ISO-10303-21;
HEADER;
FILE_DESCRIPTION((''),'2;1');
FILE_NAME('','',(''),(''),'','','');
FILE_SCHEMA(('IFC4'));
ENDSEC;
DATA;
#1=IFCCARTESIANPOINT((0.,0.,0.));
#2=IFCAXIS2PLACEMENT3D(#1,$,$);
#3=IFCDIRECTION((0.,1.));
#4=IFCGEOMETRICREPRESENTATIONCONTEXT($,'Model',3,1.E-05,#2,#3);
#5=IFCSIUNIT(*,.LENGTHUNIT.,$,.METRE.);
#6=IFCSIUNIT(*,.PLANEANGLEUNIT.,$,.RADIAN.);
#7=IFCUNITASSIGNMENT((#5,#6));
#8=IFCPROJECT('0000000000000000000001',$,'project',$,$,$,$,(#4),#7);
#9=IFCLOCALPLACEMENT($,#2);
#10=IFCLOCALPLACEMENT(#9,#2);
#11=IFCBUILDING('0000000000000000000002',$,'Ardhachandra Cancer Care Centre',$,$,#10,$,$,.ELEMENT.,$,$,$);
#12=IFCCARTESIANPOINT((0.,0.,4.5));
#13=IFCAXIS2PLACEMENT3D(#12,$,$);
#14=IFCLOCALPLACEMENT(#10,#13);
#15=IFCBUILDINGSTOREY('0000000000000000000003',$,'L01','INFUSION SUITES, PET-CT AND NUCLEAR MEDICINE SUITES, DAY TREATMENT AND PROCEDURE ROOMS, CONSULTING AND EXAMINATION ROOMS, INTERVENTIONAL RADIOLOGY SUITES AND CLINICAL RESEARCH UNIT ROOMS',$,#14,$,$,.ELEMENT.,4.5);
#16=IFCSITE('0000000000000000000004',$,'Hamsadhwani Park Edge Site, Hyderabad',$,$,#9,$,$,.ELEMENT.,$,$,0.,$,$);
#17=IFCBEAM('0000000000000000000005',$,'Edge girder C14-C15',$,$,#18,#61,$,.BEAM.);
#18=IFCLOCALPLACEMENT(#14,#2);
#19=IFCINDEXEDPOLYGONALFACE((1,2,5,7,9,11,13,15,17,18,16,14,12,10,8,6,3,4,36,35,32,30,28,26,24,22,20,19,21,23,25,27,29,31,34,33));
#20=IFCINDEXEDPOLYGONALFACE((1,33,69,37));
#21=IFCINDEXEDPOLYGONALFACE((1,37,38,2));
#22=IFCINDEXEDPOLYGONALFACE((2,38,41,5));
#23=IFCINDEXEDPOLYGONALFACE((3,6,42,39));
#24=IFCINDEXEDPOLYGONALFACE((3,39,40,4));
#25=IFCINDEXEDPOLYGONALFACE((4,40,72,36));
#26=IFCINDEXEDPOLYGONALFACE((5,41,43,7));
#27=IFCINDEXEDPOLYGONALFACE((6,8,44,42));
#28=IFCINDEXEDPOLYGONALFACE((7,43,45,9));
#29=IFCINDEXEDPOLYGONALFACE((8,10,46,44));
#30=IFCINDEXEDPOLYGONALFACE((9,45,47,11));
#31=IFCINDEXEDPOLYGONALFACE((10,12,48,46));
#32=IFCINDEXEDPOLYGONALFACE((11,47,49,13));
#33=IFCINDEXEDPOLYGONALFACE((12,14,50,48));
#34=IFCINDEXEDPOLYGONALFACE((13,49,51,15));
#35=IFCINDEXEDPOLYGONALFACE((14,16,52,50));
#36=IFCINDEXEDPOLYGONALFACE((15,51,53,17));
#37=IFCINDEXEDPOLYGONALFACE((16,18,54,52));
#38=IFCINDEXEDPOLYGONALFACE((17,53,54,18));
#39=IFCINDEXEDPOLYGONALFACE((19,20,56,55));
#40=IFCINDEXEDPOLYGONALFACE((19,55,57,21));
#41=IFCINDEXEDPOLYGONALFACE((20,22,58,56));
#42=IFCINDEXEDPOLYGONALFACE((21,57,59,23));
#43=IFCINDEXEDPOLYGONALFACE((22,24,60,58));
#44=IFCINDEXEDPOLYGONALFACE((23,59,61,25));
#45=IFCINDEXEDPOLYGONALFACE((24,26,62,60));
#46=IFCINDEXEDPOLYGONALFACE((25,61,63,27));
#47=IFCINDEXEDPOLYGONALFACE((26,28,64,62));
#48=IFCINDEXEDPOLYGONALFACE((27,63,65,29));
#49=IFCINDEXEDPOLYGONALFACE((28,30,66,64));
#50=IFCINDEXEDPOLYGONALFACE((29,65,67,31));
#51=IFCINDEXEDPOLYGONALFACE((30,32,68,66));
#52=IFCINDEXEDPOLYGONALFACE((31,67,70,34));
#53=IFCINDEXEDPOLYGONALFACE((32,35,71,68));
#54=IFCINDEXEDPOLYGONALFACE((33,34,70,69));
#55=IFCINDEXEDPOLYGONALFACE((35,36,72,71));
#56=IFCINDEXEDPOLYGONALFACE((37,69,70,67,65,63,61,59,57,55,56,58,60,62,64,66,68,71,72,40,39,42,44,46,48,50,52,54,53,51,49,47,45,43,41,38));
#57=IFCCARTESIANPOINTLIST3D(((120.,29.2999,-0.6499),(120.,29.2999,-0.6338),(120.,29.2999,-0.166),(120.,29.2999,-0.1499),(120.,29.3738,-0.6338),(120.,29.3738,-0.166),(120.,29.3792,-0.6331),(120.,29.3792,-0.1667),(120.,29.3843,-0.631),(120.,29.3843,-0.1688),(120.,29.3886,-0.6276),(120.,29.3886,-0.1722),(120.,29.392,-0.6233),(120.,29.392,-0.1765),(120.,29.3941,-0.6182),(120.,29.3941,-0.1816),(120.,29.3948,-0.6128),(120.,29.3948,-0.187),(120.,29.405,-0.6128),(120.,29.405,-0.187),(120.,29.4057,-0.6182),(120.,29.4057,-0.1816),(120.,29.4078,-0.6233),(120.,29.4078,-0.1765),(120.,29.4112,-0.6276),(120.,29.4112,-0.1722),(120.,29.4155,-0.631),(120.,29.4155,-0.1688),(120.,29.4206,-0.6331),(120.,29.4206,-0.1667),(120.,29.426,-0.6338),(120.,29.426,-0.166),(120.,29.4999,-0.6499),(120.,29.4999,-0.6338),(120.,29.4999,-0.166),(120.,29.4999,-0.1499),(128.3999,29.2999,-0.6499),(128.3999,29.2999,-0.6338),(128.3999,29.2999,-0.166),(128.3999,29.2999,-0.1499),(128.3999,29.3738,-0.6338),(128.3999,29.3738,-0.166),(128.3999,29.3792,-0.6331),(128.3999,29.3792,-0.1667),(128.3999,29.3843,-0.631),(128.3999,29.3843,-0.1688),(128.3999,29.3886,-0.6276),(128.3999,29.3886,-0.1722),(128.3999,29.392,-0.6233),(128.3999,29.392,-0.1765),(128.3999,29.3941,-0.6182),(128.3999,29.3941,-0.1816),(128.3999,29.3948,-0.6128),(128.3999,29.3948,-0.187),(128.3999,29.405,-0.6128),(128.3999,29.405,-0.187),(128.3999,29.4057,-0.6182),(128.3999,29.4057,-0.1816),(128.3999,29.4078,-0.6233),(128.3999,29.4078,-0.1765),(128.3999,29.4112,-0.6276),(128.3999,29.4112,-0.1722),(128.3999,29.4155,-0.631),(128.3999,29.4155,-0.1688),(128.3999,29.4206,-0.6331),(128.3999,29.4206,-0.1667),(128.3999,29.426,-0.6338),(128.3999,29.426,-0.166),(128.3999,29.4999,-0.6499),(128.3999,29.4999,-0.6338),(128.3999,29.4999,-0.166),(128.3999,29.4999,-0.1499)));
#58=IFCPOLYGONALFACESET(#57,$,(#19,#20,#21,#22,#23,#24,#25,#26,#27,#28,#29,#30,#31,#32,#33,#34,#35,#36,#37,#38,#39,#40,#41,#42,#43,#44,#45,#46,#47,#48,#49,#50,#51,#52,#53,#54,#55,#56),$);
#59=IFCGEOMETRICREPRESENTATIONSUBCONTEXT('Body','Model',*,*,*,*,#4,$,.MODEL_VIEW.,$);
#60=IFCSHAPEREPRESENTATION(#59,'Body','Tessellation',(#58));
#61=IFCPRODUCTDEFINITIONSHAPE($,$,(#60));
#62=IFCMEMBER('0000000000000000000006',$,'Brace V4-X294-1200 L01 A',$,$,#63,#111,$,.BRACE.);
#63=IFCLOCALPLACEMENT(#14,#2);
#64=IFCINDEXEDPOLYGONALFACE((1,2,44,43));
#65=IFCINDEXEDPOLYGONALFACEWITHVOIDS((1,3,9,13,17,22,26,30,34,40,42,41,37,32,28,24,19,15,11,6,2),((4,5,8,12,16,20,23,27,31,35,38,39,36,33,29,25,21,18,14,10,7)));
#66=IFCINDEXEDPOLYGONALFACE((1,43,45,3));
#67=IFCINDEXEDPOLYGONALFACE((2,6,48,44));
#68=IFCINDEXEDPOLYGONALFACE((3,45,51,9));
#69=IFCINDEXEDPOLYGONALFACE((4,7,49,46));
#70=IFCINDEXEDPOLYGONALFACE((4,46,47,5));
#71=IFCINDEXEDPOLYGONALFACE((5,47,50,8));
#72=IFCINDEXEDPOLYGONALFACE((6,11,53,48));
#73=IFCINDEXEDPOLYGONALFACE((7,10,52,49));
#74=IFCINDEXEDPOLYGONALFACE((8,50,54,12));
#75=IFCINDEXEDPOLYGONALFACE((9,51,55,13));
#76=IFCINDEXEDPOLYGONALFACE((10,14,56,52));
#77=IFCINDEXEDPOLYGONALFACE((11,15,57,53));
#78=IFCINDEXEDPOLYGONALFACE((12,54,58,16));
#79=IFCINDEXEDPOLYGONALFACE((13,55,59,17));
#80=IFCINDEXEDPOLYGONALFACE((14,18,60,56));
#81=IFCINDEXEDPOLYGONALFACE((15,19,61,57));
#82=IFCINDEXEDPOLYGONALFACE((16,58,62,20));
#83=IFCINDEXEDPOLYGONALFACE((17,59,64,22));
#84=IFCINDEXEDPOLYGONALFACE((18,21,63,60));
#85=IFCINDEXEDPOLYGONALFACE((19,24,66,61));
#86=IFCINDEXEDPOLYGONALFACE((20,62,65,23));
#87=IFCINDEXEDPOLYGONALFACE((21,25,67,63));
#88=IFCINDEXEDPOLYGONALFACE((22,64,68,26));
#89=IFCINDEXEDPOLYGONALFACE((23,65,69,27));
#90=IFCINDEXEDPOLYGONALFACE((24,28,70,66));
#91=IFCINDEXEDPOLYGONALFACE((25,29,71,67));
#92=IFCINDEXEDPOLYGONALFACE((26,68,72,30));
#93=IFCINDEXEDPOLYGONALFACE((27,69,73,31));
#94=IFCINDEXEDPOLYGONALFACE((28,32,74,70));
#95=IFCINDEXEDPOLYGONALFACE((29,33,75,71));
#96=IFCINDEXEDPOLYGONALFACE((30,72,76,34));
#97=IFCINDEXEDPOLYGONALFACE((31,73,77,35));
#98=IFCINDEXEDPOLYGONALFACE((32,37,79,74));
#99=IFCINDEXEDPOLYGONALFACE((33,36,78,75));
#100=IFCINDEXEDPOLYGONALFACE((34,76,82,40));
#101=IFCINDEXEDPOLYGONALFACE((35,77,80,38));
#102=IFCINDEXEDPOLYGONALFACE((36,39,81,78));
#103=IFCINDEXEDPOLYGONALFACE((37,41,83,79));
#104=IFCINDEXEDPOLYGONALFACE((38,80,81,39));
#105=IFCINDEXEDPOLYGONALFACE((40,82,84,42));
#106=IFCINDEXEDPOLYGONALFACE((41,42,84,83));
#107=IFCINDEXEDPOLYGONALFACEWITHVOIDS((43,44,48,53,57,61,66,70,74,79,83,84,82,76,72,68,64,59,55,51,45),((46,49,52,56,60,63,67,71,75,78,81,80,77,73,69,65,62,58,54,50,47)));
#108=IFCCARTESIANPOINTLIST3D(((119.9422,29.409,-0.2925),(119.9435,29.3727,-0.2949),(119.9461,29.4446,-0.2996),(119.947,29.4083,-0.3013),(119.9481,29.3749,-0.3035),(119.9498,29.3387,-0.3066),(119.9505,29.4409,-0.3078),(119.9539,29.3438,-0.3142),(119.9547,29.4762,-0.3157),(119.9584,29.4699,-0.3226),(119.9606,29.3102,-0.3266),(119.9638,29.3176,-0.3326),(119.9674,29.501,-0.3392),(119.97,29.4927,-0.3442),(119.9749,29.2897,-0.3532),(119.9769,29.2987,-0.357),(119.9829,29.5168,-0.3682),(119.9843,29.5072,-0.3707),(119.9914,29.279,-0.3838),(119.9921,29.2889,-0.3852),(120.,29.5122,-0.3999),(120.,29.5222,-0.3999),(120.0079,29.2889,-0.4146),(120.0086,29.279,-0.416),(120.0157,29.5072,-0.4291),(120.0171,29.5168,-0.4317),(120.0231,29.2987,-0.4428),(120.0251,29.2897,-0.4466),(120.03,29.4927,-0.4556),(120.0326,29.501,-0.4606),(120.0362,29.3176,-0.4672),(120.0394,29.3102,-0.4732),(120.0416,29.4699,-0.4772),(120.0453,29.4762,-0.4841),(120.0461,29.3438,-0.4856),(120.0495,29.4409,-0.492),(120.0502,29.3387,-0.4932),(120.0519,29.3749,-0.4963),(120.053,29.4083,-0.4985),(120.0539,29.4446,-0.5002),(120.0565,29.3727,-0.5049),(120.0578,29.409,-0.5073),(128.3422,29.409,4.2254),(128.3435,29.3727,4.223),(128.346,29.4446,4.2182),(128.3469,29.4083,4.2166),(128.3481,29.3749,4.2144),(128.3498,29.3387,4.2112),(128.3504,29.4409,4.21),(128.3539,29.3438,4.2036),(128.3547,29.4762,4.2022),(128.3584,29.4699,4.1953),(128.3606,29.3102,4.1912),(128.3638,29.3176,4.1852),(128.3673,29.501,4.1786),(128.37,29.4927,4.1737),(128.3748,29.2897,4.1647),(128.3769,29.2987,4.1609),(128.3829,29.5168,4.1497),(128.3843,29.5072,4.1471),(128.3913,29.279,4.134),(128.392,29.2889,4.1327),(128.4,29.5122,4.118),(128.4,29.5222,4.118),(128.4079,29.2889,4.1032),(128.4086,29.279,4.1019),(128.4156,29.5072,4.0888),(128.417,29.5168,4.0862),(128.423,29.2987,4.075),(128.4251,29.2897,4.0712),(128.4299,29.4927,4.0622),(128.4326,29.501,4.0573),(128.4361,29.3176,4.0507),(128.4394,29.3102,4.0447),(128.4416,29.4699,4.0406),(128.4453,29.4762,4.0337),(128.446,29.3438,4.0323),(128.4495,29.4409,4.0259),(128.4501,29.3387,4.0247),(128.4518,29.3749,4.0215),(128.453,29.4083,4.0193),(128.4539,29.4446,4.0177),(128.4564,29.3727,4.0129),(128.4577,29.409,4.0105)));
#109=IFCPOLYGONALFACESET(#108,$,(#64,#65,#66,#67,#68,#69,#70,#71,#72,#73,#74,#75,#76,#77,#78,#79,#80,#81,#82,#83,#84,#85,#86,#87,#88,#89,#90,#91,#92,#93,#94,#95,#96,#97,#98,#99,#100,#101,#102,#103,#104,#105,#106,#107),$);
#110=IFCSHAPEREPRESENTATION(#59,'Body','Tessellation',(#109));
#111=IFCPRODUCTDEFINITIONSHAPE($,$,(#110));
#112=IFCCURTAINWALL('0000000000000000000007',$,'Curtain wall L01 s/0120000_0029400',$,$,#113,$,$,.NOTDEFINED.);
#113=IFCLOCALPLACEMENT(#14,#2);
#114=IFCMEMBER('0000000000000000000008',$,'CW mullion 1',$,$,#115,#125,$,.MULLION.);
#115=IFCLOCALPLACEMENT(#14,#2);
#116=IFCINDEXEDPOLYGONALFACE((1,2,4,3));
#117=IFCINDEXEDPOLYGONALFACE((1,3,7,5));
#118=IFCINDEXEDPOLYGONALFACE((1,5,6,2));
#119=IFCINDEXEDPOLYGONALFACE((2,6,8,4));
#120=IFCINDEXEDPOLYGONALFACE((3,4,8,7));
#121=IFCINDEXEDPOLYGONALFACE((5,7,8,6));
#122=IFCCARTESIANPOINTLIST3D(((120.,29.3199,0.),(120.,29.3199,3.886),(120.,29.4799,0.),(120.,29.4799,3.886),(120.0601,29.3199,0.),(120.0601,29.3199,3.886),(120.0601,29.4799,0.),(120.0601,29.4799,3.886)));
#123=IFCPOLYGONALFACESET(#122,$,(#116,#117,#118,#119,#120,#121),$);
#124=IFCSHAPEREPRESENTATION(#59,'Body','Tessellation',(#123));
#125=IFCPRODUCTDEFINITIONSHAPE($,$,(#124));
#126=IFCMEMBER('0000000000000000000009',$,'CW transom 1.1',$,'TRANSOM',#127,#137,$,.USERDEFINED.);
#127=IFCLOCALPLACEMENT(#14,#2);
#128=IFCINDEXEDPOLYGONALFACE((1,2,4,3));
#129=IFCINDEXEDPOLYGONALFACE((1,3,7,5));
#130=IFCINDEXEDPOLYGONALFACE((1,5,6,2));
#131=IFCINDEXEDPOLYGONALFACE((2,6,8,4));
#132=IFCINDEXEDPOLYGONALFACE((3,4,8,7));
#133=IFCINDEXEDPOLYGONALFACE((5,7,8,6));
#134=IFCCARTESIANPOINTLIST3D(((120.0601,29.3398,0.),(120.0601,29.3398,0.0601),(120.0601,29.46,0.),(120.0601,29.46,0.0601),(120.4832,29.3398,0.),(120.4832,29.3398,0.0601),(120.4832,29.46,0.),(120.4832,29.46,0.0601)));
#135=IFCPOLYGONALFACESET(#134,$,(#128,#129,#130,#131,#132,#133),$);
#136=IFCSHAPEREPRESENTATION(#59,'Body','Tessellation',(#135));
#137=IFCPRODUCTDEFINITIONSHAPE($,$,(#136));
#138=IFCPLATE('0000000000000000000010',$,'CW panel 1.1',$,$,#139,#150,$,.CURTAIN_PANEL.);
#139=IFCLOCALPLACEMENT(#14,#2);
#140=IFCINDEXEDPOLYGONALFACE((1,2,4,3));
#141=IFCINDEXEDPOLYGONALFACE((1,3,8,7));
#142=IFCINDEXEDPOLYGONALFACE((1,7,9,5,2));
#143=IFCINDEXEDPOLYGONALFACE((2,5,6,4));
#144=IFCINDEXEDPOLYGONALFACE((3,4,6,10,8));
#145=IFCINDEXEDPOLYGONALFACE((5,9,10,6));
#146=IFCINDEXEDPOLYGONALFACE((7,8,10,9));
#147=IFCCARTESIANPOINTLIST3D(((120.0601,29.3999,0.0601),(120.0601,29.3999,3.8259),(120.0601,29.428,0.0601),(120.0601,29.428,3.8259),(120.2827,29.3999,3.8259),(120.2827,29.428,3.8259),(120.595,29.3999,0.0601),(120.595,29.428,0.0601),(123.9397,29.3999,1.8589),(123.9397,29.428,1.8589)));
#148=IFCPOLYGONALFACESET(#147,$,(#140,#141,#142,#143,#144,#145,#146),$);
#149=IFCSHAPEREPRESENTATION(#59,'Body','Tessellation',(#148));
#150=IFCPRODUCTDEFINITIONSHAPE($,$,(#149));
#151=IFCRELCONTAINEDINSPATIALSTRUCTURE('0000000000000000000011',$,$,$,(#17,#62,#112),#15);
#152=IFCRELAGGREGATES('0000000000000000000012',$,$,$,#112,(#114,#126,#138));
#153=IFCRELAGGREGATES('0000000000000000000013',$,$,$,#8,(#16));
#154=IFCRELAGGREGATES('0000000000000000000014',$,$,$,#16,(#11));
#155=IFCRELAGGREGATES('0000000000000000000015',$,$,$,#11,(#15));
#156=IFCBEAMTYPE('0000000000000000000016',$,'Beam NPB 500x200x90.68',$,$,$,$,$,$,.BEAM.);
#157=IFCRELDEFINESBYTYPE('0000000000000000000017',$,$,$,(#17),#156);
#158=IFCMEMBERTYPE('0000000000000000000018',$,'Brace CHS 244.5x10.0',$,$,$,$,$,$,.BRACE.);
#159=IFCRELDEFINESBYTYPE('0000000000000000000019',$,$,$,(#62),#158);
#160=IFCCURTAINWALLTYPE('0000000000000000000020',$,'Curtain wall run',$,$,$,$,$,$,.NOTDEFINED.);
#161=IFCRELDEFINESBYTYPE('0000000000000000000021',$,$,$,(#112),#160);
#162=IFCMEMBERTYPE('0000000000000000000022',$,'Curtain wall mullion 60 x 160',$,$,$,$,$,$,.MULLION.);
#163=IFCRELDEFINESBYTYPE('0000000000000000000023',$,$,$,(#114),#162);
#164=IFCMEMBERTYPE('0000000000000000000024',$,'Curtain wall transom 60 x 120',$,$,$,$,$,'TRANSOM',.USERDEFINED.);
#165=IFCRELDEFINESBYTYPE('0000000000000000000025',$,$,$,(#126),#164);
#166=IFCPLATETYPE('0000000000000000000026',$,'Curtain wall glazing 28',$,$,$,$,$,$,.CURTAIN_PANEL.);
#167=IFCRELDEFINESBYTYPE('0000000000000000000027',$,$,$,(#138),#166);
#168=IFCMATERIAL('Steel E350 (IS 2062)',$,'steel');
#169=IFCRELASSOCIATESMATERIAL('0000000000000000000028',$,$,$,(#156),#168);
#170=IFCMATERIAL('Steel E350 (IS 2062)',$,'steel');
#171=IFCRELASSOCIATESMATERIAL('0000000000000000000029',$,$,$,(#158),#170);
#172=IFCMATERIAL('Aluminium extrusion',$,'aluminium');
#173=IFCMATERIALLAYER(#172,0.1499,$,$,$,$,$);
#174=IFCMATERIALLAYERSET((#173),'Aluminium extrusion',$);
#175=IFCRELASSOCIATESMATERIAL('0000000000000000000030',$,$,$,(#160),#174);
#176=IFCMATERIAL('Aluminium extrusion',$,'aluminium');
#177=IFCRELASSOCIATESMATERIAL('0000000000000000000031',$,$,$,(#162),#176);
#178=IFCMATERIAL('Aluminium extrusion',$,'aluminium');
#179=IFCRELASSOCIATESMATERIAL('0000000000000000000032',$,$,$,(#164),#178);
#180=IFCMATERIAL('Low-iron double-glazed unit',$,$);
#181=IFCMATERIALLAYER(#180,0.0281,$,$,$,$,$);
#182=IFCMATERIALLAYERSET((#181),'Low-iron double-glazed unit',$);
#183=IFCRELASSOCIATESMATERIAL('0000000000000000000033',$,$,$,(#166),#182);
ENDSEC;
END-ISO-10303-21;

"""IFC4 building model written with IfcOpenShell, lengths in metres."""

from ifc_helpers import new_model, si_unit, direction, frame, origin, origin_2d, place, context, subcontext, project, spatial, polyline, rectangle, hollow_circle, i_section, outline, extrude, material, layer, layer_set, material_profile, profile_set, type_object, element, aggregate, save


model = new_model("IFC4")

# Units and contexts
model_context = context("Model", 3, precision=1e-05, world=origin(), true_north=direction((0.0, 1.0)))
body_context = subcontext(model_context, "Body", "Model", "MODEL_VIEW")
ifc_project = project(units=[si_unit("LENGTHUNIT", "METRE"), si_unit("PLANEANGLEUNIT", "RADIAN")], contexts=[model_context])

# Site, building, storey
site_placement = place(None, origin())
site = spatial("IfcSite", under=ifc_project, at=site_placement, Name="Hamsadhwani Park Edge Site, Hyderabad", CompositionType="ELEMENT", RefElevation=0.0)
building_placement = place(site_placement, origin())
building = spatial("IfcBuilding", under=site, at=building_placement, Name="Ardhachandra Cancer Care Centre", CompositionType="ELEMENT")
storey_placement = place(building_placement, frame((0.0, 0.0, 4.5)))
storey = spatial("IfcBuildingStorey", under=building, at=storey_placement, Name="L01", Description="INFUSION SUITES, PET-CT AND NUCLEAR MEDICINE SUITES, DAY TREATMENT AND PROCEDURE ROOMS, CONSULTING AND EXAMINATION ROOMS, INTERVENTIONAL RADIOLOGY SUITES AND CLINICAL RESEARCH UNIT ROOMS", CompositionType="ELEMENT", Elevation=4.5)

# Beam
ifc_material_1 = material(Name="Steel E350 (IS 2062)", Category="steel")
ifc_material_profile_1 = material_profile(ifc_material_1, i_section(OverallWidth=0.2, OverallDepth=0.5, WebThickness=0.0103, FlangeThickness=0.0161, FilletRadius=0.021, at=origin_2d()), Name="NPB 500x200x90.68")
ifc_profile_set_1 = profile_set([ifc_material_profile_1], Name="Steel E350 (IS 2062)")
beam_type = type_object("IfcBeamType", Name="Beam NPB 500x200x90.68", PredefinedType="BEAM", material=ifc_profile_set_1)
beam_placement = place(storey_placement, frame((120.0, 29.3999, -0.3999), z_axis=(1.0, 0.0, 0.0), x_axis=(0.0, 1.0, 0.0)))
element("IfcBeam", 1, at=beam_placement, inside=storey, type_object=beam_type, Name="Edge girder C14-C15", PredefinedType="BEAM", context=body_context, shape_type="SweptSolid", body=[
    extrude(i_section(OverallWidth=0.2, OverallDepth=0.5, WebThickness=0.0103, FlangeThickness=0.0161, FilletRadius=0.021, at=origin_2d()), origin(), (0.0, 0.0, 1.0), 8.3999),
])

# Member
ifc_material_2 = material(Name="Steel E350 (IS 2062)", Category="steel")
ifc_material_profile_2 = material_profile(ifc_material_2, hollow_circle(Radius=0.1223, WallThickness=0.01, at=origin_2d()), Name="CHS 244.5x10.0")
ifc_profile_set_2 = profile_set([ifc_material_profile_2], Name="Steel E350 (IS 2062)")
member_type_1 = type_object("IfcMemberType", Name="Brace CHS 244.5x10.0", PredefinedType="BRACE", material=ifc_profile_set_2)
member_1_placement = place(storey_placement, frame((120.0, 29.3999, -0.3999), z_axis=(0.880699, 0.0, 0.473677), x_axis=(0.0, 1.0, 0.0)))
element("IfcMember", 2, at=member_1_placement, inside=storey, type_object=member_type_1, Name="Brace V4-X294-1200 L01 A", PredefinedType="BRACE", context=body_context, shape_type="SweptSolid", body=[
    extrude(hollow_circle(Radius=0.1223, WallThickness=0.01, at=origin_2d()), origin(), (0.0, 0.0, 1.0), 9.5378),
])

# Curtain wall, members, plate
ifc_material_3 = material(Name="Aluminium extrusion", Category="aluminium")
ifc_layer_1 = layer(ifc_material_3, 0.1499)
ifc_layer_set_1 = layer_set([ifc_layer_1], Name="Aluminium extrusion")
curtain_wall_type = type_object("IfcCurtainWallType", Name="Curtain wall run", PredefinedType="NOTDEFINED", material=ifc_layer_set_1)
curtain_wall_placement = place(storey_placement, origin())
curtain_wall = element("IfcCurtainWall", 3, at=curtain_wall_placement, inside=storey, type_object=curtain_wall_type, Name="Curtain wall L01 s/0120000_0029400", PredefinedType="NOTDEFINED")
ifc_material_4 = material(Name="Aluminium extrusion", Category="aluminium")
ifc_material_profile_3 = material_profile(ifc_material_4, rectangle(XDim=0.1599, YDim=0.0601, at=origin_2d()), Name="Curtain wall mullion 60 x 160")
ifc_profile_set_3 = profile_set([ifc_material_profile_3], Name="Aluminium extrusion")
member_type_2 = type_object("IfcMemberType", Name="Curtain wall mullion 60 x 160", PredefinedType="MULLION", material=ifc_profile_set_3)
member_2_placement = place(storey_placement, frame((120.03, 29.3999, 0.0), z_axis=(0.0, 0.0, 1.0), x_axis=(0.0, 1.0, 0.0)))
member_2 = element("IfcMember", 4, at=member_2_placement, type_object=member_type_2, Name="CW mullion 1", PredefinedType="MULLION", context=body_context, shape_type="SweptSolid", body=[
    extrude(rectangle(XDim=0.1599, YDim=0.0601, at=origin_2d()), origin(), (0.0, 0.0, 1.0), 3.886),
])
ifc_material_5 = material(Name="Aluminium extrusion", Category="aluminium")
ifc_material_profile_4 = material_profile(ifc_material_5, rectangle(XDim=0.1201, YDim=0.0601, at=origin_2d()), Name="Curtain wall transom 60 x 120")
ifc_profile_set_4 = profile_set([ifc_material_profile_4], Name="Aluminium extrusion")
member_type_3 = type_object("IfcMemberType", Name="Curtain wall transom 60 x 120", ElementType="TRANSOM", PredefinedType="USERDEFINED", material=ifc_profile_set_4)
member_3_placement = place(storey_placement, frame((120.0601, 29.3999, 0.03), z_axis=(1.0, 0.0, 0.0), x_axis=(0.0, 1.0, 0.0)))
member_3 = element("IfcMember", 5, at=member_3_placement, type_object=member_type_3, Name="CW transom 1.1", ObjectType="TRANSOM", PredefinedType="USERDEFINED", context=body_context, shape_type="SweptSolid", body=[
    extrude(rectangle(XDim=0.1201, YDim=0.0601, at=origin_2d()), origin(), (0.0, 0.0, 1.0), 0.4231),
])
ifc_material_6 = material(Name="Low-iron double-glazed unit")
ifc_layer_2 = layer(ifc_material_6, 0.0281)
ifc_layer_set_2 = layer_set([ifc_layer_2], Name="Low-iron double-glazed unit")
plate_type = type_object("IfcPlateType", Name="Curtain wall glazing 28", PredefinedType="CURTAIN_PANEL", material=ifc_layer_set_2)
plate_placement = place(storey_placement, frame((120.0601, 29.3999, 0.0601), z_axis=(0.0, 1.0, 0.0), x_axis=(0.0, 0.0, 1.0)))
plate = element("IfcPlate", 6, at=plate_placement, type_object=plate_type, Name="CW panel 1.1", PredefinedType="CURTAIN_PANEL", context=body_context, shape_type="SweptSolid", body=[
    extrude(outline(polyline([(0.0, 0.0), (3.7659, 0.0), (3.7659, 0.2227), (1.7988, 3.8796), (0.0, 0.5349), (0.0, 0.0)])), origin(), (0.0, 0.0, 1.0), 0.0281),
])
aggregate(curtain_wall, [member_2, member_3, plate])

save(model, "model.ifc")
